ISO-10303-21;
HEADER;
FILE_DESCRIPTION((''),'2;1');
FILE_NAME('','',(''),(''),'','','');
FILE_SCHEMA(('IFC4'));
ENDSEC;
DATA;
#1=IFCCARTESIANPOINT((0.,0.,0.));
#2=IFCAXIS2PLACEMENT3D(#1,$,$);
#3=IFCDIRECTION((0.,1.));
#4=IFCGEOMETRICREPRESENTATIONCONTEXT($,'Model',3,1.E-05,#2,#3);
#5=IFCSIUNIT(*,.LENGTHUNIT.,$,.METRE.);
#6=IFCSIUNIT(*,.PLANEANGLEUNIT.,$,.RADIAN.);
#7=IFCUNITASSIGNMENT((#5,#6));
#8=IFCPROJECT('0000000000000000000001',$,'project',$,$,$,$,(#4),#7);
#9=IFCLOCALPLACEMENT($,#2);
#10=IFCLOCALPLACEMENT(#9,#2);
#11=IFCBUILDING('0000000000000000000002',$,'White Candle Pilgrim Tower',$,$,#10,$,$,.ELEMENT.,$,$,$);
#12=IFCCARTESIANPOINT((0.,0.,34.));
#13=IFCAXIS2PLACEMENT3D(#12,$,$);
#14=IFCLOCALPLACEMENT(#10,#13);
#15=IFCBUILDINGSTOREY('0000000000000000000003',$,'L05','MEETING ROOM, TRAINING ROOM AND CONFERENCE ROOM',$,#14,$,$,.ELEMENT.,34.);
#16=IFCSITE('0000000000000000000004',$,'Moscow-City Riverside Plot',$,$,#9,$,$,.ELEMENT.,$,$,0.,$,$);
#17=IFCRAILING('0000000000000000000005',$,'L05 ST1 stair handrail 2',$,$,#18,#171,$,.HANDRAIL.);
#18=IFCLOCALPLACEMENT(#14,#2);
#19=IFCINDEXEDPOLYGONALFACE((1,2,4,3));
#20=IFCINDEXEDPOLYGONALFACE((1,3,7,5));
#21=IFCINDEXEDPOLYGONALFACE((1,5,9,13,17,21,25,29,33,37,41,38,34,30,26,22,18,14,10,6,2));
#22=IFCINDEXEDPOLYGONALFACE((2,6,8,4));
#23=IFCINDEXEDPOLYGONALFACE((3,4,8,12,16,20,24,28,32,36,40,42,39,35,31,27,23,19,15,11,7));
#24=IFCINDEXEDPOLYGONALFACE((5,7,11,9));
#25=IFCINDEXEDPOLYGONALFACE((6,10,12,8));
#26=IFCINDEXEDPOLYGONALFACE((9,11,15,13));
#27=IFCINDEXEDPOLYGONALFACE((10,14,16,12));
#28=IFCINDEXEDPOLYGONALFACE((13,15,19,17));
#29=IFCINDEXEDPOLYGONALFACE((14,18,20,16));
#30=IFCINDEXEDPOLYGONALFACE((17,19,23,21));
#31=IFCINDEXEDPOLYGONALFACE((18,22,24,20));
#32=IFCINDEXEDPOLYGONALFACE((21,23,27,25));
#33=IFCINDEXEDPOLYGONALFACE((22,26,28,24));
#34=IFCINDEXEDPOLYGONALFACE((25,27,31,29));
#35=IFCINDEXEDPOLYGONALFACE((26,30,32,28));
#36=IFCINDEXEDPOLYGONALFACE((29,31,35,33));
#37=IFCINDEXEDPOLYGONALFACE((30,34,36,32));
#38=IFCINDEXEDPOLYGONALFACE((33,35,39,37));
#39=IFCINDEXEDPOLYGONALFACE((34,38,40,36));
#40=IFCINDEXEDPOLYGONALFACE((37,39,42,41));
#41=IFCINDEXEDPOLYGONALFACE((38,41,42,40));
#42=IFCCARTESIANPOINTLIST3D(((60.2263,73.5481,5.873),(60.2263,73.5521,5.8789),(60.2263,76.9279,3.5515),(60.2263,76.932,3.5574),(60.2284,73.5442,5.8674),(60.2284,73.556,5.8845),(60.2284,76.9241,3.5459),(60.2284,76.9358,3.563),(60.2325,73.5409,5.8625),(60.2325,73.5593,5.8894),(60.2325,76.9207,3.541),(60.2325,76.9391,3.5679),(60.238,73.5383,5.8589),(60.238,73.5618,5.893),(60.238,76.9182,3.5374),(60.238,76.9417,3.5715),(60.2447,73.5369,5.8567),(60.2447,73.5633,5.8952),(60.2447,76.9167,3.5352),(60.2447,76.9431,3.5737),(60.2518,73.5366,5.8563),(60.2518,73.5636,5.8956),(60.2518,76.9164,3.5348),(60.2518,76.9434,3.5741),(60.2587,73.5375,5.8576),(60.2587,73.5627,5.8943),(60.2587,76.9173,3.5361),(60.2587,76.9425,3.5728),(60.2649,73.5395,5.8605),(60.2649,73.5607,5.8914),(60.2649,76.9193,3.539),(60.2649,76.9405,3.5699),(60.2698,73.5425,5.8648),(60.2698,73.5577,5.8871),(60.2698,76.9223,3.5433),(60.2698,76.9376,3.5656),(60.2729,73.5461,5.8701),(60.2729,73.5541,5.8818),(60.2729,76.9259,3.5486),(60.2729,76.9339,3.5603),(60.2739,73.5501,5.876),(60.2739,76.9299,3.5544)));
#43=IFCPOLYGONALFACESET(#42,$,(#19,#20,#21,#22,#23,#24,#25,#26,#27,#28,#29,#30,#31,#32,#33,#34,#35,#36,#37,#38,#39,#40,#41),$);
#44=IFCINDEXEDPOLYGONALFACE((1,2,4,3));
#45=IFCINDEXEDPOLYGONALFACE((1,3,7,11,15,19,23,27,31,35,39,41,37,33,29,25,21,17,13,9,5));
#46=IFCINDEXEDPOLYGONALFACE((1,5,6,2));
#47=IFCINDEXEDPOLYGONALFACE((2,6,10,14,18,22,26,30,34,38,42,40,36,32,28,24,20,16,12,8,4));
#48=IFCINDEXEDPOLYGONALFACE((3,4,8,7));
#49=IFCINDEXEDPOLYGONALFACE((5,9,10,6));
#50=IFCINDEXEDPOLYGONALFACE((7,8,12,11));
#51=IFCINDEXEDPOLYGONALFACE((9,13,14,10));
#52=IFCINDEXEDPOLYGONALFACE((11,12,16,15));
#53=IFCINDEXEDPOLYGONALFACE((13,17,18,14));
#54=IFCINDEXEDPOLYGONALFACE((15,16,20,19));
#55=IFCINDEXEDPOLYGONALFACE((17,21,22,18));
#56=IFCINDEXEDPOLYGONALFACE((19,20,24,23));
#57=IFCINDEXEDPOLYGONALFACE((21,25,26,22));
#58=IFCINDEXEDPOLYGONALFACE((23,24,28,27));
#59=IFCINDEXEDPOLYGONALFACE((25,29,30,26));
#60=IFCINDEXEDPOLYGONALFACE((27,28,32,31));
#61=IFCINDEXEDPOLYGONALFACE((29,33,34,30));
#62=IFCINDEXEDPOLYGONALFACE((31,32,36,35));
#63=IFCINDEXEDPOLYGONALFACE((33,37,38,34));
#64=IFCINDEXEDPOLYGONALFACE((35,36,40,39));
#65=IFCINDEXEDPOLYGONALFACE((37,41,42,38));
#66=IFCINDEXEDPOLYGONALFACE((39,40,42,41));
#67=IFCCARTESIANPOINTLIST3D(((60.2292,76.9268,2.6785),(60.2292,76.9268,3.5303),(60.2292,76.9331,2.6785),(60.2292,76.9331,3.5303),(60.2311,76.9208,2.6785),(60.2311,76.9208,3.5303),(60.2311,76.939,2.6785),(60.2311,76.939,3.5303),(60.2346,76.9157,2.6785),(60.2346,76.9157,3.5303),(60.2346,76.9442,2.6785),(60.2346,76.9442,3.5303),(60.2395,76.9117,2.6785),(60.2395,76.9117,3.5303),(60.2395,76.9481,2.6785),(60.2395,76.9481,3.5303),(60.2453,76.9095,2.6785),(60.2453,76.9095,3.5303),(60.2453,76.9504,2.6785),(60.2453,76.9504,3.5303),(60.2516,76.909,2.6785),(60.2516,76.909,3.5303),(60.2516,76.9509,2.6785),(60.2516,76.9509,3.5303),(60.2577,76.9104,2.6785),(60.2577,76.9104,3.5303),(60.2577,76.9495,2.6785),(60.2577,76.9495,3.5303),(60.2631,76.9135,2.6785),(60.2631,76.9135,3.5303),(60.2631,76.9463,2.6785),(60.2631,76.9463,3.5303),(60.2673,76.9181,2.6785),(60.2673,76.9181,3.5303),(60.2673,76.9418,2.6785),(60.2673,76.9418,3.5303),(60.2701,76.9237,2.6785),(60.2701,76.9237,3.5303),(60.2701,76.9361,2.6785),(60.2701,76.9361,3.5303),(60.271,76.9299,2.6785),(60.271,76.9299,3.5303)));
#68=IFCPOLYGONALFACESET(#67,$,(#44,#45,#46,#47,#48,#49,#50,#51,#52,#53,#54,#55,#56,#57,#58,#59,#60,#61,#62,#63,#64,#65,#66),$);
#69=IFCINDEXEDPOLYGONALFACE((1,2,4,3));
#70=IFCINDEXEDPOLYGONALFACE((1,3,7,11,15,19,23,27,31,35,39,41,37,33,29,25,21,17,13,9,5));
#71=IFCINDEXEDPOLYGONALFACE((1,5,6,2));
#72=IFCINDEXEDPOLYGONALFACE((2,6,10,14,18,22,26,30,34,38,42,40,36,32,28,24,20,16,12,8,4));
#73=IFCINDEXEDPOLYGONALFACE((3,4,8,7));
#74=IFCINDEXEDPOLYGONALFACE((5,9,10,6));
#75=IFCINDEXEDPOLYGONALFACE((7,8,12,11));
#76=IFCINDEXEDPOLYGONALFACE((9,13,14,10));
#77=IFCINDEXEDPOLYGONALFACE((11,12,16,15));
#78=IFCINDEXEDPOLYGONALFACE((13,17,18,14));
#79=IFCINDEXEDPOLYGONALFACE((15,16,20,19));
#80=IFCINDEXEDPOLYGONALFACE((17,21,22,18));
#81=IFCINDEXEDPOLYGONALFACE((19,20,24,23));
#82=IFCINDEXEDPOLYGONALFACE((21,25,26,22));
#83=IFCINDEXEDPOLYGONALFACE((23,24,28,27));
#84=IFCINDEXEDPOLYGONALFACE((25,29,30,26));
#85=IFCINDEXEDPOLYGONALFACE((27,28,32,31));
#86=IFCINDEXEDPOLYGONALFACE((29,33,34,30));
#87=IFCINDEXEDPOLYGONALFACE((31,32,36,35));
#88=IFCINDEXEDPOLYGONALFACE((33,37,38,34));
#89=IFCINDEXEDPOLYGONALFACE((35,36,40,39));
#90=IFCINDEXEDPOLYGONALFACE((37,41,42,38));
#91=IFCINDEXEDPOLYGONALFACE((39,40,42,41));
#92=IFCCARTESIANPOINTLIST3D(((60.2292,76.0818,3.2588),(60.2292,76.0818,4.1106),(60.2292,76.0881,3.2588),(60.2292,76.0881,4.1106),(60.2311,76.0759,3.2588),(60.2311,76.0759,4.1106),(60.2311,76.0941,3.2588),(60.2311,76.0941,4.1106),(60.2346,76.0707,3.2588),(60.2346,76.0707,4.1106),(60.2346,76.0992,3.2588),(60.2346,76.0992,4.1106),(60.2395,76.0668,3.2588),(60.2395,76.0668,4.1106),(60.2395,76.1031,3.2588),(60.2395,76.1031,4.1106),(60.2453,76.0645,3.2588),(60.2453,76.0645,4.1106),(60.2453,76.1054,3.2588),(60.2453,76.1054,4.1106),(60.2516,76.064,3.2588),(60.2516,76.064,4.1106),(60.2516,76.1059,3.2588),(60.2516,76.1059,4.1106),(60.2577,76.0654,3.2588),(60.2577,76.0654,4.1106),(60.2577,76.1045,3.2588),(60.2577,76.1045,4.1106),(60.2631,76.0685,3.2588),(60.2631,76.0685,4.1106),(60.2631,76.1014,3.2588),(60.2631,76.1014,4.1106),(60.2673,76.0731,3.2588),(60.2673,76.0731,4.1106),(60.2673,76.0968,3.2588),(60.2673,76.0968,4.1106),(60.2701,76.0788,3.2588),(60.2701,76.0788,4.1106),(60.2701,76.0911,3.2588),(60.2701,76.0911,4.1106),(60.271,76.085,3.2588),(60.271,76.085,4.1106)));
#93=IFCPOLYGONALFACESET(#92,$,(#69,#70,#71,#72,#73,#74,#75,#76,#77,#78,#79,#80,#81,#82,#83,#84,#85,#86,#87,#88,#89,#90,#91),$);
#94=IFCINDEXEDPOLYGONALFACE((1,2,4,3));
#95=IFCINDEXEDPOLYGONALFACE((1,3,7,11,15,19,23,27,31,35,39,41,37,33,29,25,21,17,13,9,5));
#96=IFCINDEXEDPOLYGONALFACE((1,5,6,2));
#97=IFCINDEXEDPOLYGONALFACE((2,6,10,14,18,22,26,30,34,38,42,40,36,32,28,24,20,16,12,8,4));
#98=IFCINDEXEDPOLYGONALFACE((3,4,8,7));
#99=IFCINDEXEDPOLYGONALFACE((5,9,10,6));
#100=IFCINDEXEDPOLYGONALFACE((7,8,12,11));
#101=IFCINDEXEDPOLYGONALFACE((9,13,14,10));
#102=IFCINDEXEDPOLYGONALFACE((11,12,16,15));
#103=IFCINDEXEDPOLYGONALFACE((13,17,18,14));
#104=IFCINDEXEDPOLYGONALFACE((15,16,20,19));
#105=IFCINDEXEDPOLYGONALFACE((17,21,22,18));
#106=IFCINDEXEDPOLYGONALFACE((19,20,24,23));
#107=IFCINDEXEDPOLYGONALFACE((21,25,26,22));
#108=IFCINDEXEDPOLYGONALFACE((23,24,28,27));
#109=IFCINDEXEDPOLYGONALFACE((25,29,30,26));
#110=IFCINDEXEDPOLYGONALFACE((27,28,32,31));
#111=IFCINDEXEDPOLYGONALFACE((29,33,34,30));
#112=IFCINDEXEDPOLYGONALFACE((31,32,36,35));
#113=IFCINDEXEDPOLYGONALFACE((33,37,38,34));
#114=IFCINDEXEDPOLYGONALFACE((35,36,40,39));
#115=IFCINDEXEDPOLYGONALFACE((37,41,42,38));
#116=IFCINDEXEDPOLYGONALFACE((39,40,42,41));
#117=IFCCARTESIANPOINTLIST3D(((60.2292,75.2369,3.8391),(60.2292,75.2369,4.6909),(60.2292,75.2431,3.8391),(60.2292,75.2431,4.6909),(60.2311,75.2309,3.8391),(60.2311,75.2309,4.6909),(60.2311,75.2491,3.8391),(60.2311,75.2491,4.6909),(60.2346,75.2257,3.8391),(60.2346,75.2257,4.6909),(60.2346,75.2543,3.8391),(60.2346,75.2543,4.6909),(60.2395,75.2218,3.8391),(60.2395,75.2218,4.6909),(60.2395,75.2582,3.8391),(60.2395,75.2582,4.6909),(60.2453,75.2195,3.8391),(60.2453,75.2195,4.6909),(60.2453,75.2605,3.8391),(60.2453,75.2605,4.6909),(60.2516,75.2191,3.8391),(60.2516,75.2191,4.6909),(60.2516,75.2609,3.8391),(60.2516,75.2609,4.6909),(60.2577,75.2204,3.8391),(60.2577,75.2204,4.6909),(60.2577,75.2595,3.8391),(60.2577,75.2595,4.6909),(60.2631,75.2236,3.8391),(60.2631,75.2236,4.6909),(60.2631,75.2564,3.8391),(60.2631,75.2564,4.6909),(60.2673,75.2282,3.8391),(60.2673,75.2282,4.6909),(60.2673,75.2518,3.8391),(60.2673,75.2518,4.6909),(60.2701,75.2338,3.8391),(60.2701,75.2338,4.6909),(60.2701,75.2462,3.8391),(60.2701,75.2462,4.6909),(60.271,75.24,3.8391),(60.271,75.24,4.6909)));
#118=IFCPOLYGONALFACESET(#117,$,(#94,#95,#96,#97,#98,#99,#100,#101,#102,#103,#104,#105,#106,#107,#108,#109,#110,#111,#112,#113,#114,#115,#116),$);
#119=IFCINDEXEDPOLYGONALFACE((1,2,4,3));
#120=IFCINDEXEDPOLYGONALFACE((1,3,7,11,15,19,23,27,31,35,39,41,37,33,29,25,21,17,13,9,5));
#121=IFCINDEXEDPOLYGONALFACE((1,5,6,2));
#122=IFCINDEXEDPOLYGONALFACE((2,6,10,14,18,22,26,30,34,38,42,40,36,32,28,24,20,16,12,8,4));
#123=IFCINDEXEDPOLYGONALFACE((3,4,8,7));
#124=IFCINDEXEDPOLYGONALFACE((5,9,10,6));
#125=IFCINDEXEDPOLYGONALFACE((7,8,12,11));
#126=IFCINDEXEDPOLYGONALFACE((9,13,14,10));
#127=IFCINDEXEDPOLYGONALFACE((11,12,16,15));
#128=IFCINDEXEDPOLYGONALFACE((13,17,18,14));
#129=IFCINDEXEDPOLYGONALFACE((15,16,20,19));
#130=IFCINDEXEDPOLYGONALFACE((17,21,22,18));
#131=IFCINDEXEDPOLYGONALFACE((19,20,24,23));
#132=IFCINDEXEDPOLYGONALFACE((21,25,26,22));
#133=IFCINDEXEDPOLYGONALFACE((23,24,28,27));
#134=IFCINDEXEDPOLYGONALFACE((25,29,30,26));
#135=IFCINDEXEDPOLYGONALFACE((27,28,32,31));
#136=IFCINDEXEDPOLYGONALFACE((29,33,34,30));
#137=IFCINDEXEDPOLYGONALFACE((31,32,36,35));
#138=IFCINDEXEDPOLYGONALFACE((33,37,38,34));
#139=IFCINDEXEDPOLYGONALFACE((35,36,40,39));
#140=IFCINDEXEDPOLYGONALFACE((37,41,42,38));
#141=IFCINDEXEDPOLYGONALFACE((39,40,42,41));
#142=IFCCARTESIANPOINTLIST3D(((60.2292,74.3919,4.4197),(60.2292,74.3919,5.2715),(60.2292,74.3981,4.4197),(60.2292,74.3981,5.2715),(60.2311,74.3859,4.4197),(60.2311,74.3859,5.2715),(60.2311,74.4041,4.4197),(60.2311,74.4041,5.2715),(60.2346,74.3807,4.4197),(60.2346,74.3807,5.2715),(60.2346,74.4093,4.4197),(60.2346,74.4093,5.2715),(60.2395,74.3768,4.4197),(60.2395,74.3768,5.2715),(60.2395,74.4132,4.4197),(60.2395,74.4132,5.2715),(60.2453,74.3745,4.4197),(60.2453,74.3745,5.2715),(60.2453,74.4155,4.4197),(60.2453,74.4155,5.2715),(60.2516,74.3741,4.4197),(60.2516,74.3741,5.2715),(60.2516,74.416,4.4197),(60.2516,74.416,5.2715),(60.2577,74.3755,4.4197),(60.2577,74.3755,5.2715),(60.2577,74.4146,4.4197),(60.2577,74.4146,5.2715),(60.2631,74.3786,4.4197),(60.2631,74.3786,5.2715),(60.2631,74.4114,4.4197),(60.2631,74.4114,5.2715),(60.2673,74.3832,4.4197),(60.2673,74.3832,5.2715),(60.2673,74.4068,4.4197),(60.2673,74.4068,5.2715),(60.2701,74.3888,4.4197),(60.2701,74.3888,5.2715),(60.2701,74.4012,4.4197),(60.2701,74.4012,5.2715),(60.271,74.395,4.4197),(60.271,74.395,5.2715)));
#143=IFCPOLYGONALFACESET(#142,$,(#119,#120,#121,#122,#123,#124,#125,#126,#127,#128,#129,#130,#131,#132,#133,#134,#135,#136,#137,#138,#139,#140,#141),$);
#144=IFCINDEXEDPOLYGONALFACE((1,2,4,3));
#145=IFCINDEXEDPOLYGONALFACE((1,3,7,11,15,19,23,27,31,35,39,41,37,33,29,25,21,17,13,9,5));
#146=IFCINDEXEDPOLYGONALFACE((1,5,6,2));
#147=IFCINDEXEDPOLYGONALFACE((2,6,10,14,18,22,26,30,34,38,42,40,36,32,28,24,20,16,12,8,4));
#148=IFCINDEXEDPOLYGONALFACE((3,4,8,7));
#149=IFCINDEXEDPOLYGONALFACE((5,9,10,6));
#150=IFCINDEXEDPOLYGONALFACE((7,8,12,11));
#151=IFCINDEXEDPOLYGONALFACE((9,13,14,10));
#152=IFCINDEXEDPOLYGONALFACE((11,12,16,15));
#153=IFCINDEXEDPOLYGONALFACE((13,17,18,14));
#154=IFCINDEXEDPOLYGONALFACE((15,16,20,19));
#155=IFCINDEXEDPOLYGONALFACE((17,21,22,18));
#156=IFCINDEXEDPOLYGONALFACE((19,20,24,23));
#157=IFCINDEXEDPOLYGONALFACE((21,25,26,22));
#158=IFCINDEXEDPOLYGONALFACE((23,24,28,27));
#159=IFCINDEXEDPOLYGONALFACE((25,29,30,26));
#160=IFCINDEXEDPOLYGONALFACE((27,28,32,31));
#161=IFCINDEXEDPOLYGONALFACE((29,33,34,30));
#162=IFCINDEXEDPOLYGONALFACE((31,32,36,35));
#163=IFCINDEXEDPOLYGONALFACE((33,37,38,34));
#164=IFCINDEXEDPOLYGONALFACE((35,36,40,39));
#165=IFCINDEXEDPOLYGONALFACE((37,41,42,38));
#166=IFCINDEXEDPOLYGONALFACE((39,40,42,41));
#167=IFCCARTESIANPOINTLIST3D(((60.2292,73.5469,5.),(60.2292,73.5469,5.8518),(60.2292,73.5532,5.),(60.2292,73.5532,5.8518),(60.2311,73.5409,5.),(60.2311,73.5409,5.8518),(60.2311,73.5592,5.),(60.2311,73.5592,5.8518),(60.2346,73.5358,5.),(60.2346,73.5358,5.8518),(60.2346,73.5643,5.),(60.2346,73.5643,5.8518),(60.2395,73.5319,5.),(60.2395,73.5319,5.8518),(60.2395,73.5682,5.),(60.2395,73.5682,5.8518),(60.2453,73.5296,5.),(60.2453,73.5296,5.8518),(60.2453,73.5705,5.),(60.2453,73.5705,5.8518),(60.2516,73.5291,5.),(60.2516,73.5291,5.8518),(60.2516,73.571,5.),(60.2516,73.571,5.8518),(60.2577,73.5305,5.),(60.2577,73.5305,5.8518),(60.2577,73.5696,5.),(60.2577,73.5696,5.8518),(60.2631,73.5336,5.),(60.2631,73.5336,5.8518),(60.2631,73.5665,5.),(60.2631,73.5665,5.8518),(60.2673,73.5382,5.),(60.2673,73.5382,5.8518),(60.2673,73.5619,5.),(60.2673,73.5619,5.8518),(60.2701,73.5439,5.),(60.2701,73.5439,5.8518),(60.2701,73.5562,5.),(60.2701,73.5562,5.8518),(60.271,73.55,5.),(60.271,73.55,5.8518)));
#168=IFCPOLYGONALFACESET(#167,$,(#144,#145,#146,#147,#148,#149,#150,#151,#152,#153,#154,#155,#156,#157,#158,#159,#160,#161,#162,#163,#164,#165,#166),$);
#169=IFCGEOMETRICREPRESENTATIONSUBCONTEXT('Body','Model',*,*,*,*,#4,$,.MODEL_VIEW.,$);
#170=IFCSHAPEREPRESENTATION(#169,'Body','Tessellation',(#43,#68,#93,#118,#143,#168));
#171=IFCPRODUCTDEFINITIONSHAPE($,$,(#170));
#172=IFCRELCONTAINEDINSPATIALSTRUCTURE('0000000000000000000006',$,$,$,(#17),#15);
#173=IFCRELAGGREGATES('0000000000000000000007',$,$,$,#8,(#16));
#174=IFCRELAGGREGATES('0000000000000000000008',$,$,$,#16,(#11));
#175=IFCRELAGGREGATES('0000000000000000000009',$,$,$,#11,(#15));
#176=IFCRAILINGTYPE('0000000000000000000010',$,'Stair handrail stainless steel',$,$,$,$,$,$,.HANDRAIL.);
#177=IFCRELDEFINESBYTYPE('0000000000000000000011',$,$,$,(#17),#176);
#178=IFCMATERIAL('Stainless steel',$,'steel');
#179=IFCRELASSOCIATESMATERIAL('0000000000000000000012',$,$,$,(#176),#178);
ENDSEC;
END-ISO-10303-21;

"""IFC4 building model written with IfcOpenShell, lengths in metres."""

from ifc_helpers import new_model, si_unit, direction, frame, origin, origin_2d, place, context, subcontext, project, spatial, circle, extrude, material, type_object, element, save


model = new_model("IFC4")

# Units and contexts
model_context = context("Model", 3, precision=1e-05, world=origin(), true_north=direction((0.0, 1.0)))
body_context = subcontext(model_context, "Body", "Model", "MODEL_VIEW")
ifc_project = project(units=[si_unit("LENGTHUNIT", "METRE"), si_unit("PLANEANGLEUNIT", "RADIAN")], contexts=[model_context])

# Site, building, storey
site_placement = place(None, origin())
site = spatial("IfcSite", under=ifc_project, at=site_placement, Name="Moscow-City Riverside Plot", CompositionType="ELEMENT", RefElevation=0.0)
building_placement = place(site_placement, origin())
building = spatial("IfcBuilding", under=site, at=building_placement, Name="White Candle Pilgrim Tower", CompositionType="ELEMENT")
storey_placement = place(building_placement, frame((0.0, 0.0, 34.0)))
storey = spatial("IfcBuildingStorey", under=building, at=storey_placement, Name="L05", Description="MEETING ROOM, TRAINING ROOM AND CONFERENCE ROOM", CompositionType="ELEMENT", Elevation=34.0)

# Railing
ifc_material_1 = material(Name="Stainless steel", Category="steel")
railing_type_1 = type_object("IfcRailingType", Name="Stair handrail stainless steel", PredefinedType="HANDRAIL", material=ifc_material_1)
railing_1_placement = place(storey_placement, frame((60.25, 76.9299, 2.6785)))
element("IfcRailing", 1, at=railing_1_placement, inside=storey, type_object=railing_type_1, Name="L05 ST1 stair handrail 2", PredefinedType="HANDRAIL", context=body_context, shape_type="SweptSolid", body=[
    extrude(circle(Radius=0.0239, at=origin_2d()), frame((0.0, 0.0, 0.876), z_axis=(0.0, -0.824285, 0.566175), x_axis=(1.0, 0.0, 0.0)), (0.0, 0.0, 1.0), 4.1003),
    extrude(circle(Radius=0.021, at=origin_2d()), origin(), (0.0, 0.0, 1.0), 0.8518),
    extrude(circle(Radius=0.021, at=origin_2d()), frame((0.0, -0.845, 0.5803)), (0.0, 0.0, 1.0), 0.8518),
    extrude(circle(Radius=0.021, at=origin_2d()), frame((0.0, -1.6899, 1.1606)), (0.0, 0.0, 1.0), 0.8518),
    extrude(circle(Radius=0.021, at=origin_2d()), frame((0.0, -2.5349, 1.7412)), (0.0, 0.0, 1.0), 0.8518),
    extrude(circle(Radius=0.021, at=origin_2d()), frame((0.0, -3.3799, 2.3215)), (0.0, 0.0, 1.0), 0.8518),
])

save(model, "model.ifc")
